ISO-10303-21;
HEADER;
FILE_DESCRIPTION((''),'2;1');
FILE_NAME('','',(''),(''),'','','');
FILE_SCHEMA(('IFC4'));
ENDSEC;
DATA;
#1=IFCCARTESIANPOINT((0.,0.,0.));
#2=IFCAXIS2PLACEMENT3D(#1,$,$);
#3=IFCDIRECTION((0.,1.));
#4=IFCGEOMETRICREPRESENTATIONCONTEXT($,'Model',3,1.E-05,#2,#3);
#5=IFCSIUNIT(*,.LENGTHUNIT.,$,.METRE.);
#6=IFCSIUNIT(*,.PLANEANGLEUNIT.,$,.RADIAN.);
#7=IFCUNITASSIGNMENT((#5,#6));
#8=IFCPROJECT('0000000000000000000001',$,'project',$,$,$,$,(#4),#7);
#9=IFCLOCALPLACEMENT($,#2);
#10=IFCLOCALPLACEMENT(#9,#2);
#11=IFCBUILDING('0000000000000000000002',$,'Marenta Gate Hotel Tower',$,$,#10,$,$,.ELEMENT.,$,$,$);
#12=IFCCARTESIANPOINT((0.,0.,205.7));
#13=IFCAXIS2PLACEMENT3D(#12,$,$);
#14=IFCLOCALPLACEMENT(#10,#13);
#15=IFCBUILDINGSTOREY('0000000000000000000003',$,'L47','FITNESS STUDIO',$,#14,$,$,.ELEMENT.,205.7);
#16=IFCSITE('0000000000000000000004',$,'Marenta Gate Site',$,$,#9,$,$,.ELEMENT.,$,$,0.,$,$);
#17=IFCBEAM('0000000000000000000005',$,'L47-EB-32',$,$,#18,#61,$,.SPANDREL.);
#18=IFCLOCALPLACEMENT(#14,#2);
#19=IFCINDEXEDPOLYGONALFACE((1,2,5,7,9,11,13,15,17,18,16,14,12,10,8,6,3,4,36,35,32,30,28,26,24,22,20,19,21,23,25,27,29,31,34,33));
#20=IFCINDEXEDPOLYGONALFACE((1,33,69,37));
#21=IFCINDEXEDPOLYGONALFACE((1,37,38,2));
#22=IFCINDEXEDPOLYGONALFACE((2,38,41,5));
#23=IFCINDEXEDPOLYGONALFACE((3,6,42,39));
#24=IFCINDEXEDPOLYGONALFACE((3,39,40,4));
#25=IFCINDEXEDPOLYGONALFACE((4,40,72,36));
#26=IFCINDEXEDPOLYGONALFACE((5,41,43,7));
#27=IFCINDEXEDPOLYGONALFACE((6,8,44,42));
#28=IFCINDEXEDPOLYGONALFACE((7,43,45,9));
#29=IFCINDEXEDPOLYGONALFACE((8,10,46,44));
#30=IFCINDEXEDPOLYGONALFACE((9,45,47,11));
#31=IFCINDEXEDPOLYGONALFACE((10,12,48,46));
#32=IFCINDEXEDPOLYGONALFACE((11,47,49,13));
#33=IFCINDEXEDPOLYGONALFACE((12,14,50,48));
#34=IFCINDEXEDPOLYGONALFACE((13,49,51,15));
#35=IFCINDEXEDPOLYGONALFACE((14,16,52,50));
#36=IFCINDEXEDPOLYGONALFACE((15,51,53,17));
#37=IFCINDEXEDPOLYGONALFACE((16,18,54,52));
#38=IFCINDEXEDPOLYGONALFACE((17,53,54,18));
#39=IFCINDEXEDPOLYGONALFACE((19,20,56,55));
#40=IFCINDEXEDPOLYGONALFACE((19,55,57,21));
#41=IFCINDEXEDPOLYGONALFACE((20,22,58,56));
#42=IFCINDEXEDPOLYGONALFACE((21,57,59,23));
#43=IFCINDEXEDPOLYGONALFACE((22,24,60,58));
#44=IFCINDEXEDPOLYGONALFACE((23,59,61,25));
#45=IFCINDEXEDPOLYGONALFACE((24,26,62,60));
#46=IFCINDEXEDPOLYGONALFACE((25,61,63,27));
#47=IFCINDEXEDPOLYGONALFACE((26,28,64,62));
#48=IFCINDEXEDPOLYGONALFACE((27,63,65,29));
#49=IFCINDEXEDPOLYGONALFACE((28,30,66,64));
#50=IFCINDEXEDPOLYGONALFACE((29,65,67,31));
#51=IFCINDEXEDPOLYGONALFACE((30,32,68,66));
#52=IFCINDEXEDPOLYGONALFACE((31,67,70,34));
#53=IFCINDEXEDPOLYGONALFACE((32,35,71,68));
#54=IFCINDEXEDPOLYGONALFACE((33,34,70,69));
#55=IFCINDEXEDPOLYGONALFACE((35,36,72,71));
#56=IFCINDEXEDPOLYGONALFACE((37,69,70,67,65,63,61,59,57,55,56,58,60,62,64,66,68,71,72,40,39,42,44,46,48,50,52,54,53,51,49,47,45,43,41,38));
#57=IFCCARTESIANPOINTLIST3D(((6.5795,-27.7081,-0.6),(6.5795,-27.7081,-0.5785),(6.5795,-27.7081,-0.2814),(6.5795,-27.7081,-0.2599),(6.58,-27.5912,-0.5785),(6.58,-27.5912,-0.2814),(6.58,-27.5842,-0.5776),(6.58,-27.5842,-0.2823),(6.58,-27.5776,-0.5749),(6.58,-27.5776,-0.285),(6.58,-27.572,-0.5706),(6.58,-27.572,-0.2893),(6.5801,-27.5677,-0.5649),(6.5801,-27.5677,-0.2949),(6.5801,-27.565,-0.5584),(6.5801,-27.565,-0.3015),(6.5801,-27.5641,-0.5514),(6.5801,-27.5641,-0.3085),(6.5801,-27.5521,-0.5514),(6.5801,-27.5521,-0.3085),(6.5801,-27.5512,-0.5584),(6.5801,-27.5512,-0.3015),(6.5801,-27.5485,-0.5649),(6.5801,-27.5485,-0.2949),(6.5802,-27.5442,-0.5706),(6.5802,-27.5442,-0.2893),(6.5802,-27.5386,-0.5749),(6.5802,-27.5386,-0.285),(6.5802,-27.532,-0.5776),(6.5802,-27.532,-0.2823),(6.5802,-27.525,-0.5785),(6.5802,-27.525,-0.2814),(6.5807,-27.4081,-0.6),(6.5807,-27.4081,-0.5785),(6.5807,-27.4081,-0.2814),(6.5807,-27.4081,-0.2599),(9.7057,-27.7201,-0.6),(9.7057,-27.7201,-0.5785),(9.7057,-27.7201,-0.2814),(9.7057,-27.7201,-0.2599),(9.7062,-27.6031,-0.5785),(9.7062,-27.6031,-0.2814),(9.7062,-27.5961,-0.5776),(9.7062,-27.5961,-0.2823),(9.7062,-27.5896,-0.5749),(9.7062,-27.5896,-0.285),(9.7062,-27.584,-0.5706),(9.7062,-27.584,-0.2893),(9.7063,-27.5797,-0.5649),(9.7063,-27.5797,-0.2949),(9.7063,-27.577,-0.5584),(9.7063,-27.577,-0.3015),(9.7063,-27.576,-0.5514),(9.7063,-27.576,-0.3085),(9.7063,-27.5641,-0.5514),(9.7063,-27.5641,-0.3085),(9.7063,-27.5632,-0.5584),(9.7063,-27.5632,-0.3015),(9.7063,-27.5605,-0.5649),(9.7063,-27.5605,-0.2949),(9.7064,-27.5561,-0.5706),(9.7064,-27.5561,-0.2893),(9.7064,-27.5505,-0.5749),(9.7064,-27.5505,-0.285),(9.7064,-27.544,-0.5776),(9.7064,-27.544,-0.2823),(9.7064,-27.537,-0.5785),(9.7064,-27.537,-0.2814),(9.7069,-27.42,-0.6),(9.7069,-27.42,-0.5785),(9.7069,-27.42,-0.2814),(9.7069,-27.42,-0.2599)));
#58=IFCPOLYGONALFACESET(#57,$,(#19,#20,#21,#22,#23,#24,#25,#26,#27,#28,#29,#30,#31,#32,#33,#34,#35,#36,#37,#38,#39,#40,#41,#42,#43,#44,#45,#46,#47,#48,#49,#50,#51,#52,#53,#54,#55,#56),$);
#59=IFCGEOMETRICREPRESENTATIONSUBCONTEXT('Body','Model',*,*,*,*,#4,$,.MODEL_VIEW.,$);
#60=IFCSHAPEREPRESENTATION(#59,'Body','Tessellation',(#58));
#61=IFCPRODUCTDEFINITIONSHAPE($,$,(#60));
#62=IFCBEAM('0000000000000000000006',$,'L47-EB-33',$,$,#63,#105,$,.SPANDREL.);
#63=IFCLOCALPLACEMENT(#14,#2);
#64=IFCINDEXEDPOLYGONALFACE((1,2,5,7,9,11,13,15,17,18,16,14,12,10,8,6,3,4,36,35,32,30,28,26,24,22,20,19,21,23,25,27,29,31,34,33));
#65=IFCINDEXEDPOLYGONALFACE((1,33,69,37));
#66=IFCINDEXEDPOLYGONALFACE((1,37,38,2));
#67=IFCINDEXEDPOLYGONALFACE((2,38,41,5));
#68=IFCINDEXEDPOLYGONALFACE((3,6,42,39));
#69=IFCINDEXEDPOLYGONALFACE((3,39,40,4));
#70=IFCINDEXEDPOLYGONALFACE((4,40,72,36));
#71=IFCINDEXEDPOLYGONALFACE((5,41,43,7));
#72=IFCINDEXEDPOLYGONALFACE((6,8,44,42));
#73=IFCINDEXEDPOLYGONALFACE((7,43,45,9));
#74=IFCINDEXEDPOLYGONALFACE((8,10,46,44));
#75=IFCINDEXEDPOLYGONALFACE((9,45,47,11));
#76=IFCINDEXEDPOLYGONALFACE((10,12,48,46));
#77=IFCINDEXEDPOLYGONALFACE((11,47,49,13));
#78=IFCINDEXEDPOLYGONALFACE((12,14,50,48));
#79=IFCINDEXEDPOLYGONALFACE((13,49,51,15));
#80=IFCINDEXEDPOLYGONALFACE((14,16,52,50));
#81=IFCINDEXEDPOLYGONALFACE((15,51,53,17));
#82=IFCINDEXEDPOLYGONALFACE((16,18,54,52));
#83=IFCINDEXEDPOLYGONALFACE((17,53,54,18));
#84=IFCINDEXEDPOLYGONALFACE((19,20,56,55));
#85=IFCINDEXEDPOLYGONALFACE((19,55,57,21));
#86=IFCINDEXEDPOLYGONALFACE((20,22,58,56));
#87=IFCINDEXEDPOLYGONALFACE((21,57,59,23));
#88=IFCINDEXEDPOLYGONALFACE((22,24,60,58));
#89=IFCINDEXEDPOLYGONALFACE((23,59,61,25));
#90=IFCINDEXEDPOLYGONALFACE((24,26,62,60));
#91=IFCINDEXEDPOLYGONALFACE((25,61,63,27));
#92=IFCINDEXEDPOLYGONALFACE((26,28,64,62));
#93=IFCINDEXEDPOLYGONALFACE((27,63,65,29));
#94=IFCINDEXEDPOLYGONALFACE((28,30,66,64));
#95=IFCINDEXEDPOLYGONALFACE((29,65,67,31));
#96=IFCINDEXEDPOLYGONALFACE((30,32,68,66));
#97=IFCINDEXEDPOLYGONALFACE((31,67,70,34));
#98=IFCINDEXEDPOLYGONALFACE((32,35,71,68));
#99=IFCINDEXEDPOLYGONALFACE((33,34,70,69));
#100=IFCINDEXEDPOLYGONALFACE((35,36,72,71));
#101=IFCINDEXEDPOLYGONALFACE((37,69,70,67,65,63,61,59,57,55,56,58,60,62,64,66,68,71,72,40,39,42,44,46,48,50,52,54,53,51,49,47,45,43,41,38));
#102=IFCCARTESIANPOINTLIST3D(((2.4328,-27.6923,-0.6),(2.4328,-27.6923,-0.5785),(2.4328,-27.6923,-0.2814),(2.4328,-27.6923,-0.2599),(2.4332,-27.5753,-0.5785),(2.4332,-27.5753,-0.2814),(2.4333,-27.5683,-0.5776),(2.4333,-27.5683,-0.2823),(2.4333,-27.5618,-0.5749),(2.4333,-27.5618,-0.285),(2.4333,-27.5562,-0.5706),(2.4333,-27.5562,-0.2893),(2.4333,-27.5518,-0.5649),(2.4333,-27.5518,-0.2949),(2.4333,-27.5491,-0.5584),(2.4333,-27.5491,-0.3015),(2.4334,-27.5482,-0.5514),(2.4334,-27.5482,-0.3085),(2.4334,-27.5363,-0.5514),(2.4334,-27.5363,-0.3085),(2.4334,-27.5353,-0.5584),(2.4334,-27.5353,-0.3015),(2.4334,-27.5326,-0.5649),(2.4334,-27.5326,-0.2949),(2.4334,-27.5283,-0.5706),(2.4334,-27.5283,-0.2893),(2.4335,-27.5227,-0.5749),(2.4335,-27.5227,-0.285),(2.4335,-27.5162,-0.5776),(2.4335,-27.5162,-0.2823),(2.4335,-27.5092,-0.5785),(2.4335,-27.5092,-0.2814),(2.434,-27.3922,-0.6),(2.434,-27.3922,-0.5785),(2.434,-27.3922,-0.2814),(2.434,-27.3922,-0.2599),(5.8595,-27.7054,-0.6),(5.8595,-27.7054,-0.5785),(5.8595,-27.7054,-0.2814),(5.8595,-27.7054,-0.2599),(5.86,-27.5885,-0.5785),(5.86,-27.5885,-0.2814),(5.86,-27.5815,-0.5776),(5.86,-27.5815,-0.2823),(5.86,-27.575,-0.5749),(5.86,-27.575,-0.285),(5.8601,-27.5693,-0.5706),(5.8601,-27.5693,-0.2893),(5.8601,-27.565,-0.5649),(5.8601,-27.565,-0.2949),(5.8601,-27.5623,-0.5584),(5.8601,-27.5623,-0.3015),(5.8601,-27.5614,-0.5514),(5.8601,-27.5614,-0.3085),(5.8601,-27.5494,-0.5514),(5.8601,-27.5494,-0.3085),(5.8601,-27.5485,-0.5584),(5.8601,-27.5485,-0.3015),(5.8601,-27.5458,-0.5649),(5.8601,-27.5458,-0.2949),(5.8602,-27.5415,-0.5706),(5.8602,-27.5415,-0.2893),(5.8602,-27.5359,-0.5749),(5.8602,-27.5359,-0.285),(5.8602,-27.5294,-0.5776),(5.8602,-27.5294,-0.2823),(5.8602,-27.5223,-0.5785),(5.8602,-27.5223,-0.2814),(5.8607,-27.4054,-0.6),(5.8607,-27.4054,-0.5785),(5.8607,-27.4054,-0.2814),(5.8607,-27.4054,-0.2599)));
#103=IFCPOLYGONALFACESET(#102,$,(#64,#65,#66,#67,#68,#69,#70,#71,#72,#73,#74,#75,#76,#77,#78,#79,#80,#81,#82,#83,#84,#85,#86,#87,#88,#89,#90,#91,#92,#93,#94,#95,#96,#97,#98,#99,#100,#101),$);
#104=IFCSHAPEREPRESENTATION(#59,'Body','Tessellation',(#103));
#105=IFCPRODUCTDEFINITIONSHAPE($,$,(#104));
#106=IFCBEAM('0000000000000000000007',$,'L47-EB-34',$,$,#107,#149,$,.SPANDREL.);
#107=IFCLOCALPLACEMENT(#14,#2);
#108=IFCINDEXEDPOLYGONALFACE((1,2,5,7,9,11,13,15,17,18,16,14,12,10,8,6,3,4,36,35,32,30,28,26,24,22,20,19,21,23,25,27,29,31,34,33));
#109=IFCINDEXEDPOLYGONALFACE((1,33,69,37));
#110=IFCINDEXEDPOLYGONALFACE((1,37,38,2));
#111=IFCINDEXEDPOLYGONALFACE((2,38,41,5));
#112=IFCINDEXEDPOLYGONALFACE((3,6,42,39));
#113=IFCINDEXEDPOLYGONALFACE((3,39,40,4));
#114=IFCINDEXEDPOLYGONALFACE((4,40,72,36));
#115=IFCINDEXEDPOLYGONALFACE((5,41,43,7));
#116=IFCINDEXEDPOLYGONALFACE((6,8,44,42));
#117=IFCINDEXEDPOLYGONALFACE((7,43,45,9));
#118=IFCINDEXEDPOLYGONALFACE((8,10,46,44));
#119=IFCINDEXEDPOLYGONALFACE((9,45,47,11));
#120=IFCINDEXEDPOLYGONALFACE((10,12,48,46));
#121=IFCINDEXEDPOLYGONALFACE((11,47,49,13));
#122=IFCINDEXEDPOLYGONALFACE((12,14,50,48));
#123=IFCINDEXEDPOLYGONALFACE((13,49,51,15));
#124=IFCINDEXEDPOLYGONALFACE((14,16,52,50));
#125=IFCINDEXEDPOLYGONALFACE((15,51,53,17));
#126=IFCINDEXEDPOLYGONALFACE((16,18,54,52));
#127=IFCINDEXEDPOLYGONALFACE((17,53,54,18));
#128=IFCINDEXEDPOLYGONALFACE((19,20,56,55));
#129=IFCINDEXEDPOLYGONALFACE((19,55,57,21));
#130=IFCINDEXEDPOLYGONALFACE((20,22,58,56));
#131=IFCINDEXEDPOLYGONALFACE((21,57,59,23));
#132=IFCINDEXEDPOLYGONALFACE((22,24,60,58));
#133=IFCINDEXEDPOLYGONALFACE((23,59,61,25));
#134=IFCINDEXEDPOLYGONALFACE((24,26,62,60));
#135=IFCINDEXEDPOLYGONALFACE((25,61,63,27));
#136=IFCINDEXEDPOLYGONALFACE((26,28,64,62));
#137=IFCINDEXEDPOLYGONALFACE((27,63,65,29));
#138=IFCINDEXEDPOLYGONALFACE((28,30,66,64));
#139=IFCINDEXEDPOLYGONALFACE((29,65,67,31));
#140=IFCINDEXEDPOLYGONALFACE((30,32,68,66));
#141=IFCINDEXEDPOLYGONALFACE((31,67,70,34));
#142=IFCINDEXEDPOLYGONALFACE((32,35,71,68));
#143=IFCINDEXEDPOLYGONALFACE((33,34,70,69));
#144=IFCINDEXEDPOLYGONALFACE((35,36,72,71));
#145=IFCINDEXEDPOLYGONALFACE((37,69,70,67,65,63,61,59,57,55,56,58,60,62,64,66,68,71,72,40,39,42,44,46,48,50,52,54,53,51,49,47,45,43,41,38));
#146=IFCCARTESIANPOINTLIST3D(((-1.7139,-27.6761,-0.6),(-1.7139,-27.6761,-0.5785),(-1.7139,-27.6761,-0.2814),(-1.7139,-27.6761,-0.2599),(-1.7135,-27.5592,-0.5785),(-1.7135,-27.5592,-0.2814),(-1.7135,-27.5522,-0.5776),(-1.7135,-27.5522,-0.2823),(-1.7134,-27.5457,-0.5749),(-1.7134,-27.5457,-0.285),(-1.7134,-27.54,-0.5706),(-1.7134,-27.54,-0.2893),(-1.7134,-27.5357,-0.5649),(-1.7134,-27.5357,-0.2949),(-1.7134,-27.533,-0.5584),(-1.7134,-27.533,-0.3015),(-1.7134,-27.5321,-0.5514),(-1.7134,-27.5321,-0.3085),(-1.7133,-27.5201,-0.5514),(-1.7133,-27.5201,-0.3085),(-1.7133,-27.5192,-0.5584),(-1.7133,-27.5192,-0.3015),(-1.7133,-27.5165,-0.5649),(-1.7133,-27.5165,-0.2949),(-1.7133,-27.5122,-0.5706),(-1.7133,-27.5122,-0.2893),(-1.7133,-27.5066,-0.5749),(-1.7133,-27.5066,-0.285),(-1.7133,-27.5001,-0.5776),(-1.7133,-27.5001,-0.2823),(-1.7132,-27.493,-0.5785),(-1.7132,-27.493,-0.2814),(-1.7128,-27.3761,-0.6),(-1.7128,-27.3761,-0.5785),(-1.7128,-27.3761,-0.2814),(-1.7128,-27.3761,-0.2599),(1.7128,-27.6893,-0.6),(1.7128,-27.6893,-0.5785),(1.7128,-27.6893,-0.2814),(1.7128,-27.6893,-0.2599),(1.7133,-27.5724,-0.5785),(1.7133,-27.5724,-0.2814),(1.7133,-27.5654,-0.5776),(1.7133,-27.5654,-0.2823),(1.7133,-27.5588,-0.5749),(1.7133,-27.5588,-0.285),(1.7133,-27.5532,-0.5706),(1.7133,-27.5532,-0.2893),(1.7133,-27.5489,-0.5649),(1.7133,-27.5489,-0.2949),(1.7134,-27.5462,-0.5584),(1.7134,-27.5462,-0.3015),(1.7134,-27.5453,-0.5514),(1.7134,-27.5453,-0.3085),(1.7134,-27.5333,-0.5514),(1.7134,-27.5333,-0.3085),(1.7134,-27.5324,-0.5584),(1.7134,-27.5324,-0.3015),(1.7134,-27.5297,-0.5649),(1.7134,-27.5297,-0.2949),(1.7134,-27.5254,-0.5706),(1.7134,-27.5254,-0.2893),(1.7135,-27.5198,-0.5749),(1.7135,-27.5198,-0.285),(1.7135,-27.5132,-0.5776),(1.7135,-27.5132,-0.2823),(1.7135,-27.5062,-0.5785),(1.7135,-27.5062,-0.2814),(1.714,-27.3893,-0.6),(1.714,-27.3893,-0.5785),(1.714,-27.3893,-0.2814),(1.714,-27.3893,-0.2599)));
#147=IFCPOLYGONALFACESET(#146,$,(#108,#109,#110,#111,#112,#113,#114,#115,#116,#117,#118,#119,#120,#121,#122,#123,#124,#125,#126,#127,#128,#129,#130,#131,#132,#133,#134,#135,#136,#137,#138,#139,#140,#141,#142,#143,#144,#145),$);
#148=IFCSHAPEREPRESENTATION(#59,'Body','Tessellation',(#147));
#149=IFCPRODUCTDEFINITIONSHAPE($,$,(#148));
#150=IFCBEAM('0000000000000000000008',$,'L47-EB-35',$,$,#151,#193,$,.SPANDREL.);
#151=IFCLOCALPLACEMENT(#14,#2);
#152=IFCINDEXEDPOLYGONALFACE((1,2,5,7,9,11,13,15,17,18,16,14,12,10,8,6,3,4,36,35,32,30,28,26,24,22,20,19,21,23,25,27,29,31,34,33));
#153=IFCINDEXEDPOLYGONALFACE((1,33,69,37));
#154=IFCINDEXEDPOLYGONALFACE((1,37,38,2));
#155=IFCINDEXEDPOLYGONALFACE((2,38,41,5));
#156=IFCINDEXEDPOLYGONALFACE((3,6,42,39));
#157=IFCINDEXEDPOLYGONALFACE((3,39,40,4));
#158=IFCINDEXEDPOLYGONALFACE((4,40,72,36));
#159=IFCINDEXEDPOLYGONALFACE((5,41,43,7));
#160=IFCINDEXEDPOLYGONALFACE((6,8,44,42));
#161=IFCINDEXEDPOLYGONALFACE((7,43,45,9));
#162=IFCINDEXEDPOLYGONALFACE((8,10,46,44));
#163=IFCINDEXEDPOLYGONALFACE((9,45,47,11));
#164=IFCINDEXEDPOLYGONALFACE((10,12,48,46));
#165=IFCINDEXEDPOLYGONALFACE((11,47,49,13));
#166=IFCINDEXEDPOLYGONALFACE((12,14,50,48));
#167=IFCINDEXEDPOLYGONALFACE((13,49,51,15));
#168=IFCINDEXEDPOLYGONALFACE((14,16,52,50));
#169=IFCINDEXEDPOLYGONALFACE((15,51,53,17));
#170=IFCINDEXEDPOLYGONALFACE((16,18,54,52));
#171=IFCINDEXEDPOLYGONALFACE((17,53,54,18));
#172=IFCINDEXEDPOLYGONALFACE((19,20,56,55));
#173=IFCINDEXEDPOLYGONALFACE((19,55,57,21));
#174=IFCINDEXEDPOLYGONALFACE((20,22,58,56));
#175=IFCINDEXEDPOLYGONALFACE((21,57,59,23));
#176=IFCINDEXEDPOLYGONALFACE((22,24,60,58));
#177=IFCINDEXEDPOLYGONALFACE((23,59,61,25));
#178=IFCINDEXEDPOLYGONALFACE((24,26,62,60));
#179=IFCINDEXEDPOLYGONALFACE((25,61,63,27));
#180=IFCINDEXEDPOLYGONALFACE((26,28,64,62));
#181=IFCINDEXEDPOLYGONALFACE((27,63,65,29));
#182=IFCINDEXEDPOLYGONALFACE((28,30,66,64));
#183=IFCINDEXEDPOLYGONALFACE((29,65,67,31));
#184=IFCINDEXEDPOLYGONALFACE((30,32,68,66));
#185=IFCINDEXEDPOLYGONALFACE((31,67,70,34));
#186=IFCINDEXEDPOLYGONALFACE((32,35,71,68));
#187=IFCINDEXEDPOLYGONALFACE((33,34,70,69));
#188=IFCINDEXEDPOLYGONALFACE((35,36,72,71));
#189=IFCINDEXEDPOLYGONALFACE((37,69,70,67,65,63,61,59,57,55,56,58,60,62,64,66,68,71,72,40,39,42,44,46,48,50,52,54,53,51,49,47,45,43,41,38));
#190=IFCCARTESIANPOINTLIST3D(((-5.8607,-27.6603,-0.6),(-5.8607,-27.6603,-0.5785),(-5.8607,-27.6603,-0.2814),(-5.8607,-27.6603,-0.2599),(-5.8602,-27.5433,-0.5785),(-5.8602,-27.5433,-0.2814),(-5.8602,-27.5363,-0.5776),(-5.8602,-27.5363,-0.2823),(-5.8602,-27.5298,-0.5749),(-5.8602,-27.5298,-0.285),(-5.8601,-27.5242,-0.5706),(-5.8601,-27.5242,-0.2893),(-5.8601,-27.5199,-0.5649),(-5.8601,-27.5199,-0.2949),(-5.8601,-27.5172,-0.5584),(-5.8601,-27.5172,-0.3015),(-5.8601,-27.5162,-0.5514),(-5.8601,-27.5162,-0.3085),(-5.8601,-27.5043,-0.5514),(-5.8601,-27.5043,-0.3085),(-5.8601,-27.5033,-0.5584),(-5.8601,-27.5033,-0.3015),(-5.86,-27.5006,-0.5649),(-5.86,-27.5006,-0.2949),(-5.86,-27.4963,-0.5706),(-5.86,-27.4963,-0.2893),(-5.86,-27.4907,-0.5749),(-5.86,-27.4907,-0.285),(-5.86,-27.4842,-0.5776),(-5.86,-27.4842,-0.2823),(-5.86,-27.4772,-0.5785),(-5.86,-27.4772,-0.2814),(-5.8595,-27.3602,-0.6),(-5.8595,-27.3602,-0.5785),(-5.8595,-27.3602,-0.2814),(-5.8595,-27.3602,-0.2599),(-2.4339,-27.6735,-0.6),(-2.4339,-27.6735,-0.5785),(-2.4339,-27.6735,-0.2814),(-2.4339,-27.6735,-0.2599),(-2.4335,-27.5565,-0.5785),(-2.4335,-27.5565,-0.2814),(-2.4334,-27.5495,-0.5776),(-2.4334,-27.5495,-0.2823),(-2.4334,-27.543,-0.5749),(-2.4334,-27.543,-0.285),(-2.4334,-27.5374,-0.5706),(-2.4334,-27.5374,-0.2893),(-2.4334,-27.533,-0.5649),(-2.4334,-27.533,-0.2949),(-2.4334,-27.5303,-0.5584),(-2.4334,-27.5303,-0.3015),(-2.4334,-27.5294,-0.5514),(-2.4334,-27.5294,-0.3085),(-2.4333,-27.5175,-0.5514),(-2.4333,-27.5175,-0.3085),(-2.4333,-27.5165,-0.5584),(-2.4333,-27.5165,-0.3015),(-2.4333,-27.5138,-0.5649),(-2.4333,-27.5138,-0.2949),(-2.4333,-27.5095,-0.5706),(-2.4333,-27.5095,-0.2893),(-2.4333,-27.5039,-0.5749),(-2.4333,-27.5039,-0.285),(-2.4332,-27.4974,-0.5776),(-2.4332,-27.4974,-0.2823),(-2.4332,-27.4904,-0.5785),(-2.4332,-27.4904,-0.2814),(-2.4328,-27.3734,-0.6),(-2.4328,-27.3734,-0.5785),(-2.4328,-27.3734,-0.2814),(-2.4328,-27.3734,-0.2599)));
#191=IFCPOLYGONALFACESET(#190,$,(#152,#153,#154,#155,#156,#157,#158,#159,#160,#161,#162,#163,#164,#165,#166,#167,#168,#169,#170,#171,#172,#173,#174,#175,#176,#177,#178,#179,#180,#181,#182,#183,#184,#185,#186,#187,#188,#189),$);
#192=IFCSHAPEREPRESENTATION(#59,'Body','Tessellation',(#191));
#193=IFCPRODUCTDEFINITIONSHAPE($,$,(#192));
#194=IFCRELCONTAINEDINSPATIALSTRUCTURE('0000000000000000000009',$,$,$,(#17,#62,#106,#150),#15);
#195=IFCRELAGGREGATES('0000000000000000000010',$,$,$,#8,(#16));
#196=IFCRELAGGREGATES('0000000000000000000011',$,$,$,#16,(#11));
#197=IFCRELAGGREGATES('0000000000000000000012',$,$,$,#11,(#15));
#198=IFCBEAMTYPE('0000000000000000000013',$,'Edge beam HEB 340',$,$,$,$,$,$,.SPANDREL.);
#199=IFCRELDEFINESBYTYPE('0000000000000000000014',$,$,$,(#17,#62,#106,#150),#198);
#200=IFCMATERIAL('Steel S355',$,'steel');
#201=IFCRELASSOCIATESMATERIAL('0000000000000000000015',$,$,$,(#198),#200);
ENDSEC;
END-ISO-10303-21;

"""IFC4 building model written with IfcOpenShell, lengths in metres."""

from ifc_helpers import new_model, si_unit, direction, frame, origin, origin_2d, place, context, subcontext, project, spatial, i_section, extrude, material, material_profile, profile_set, type_object, element, save


model = new_model("IFC4")

# Units and contexts
model_context = context("Model", 3, precision=1e-05, world=origin(), true_north=direction((0.0, 1.0)))
body_context = subcontext(model_context, "Body", "Model", "MODEL_VIEW")
ifc_project = project(units=[si_unit("LENGTHUNIT", "METRE"), si_unit("PLANEANGLEUNIT", "RADIAN")], contexts=[model_context])

# Site, building, storey
site_placement = place(None, origin())
site = spatial("IfcSite", under=ifc_project, at=site_placement, Name="Marenta Gate Site", CompositionType="ELEMENT", RefElevation=0.0)
building_placement = place(site_placement, origin())
building = spatial("IfcBuilding", under=site, at=building_placement, Name="Marenta Gate Hotel Tower", CompositionType="ELEMENT")
storey_placement = place(building_placement, frame((0.0, 0.0, 205.7)))
storey = spatial("IfcBuildingStorey", under=building, at=storey_placement, Name="L47", Description="FITNESS STUDIO", CompositionType="ELEMENT", Elevation=205.7)

# Beams
ifc_material_1 = material(Name="Steel S355", Category="steel")
ifc_material_profile_1 = material_profile(ifc_material_1, i_section(OverallWidth=0.3, OverallDepth=0.3401, WebThickness=0.012, FlangeThickness=0.0215, FilletRadius=0.0271, at=origin_2d()), Name="HEB 340")
ifc_profile_set_1 = profile_set([ifc_material_profile_1], Name="Steel S355")
beam_type = type_object("IfcBeamType", Name="Edge beam HEB 340", PredefinedType="SPANDREL", material=ifc_profile_set_1)
beam_placement = place(storey_placement, frame((9.7063, -27.5701, -0.4299), z_axis=(-0.999993, 0.003827, 0.0), x_axis=(-0.003827, -0.999993, 0.0)))
element("IfcBeam", 1, at=beam_placement, inside=storey, type_object=beam_type, Name="L47-EB-32", PredefinedType="SPANDREL", context=body_context, shape_type="SweptSolid", body=[
    extrude(i_section(OverallWidth=0.3, OverallDepth=0.3401, WebThickness=0.012, FlangeThickness=0.0215, FilletRadius=0.0271, at=origin_2d()), origin(), (0.0, 0.0, 1.0), 3.1262),
])
for number, where, z_axis, x_axis, name in (
    (2, (5.8601, -27.5554, -0.4299), (-0.999993, 0.003847, 0.0), (-0.003847, -0.999993, 0.0), "L47-EB-33"),
    (3, (1.7134, -27.5393, -0.4299), (-0.999993, 0.003847, 0.0), (-0.003847, -0.999993, 0.0), "L47-EB-34"),
    (4, (-2.4333, -27.5234, -0.4299), (-0.999993, 0.003847, 0.0), (-0.003847, -0.999993, 0.0), "L47-EB-35"),
):
    element("IfcBeam", number, at=place(storey_placement, frame(where, z_axis=z_axis, x_axis=x_axis)), inside=storey, type_object=beam_type, Name=name, PredefinedType="SPANDREL", context=body_context, shape_type="SweptSolid", body=[
        extrude(i_section(OverallWidth=0.3, OverallDepth=0.3401, WebThickness=0.012, FlangeThickness=0.0215, FilletRadius=0.0271, at=origin_2d()), origin(), (0.0, 0.0, 1.0), 3.4268),
    ])

save(model, "model.ifc")
